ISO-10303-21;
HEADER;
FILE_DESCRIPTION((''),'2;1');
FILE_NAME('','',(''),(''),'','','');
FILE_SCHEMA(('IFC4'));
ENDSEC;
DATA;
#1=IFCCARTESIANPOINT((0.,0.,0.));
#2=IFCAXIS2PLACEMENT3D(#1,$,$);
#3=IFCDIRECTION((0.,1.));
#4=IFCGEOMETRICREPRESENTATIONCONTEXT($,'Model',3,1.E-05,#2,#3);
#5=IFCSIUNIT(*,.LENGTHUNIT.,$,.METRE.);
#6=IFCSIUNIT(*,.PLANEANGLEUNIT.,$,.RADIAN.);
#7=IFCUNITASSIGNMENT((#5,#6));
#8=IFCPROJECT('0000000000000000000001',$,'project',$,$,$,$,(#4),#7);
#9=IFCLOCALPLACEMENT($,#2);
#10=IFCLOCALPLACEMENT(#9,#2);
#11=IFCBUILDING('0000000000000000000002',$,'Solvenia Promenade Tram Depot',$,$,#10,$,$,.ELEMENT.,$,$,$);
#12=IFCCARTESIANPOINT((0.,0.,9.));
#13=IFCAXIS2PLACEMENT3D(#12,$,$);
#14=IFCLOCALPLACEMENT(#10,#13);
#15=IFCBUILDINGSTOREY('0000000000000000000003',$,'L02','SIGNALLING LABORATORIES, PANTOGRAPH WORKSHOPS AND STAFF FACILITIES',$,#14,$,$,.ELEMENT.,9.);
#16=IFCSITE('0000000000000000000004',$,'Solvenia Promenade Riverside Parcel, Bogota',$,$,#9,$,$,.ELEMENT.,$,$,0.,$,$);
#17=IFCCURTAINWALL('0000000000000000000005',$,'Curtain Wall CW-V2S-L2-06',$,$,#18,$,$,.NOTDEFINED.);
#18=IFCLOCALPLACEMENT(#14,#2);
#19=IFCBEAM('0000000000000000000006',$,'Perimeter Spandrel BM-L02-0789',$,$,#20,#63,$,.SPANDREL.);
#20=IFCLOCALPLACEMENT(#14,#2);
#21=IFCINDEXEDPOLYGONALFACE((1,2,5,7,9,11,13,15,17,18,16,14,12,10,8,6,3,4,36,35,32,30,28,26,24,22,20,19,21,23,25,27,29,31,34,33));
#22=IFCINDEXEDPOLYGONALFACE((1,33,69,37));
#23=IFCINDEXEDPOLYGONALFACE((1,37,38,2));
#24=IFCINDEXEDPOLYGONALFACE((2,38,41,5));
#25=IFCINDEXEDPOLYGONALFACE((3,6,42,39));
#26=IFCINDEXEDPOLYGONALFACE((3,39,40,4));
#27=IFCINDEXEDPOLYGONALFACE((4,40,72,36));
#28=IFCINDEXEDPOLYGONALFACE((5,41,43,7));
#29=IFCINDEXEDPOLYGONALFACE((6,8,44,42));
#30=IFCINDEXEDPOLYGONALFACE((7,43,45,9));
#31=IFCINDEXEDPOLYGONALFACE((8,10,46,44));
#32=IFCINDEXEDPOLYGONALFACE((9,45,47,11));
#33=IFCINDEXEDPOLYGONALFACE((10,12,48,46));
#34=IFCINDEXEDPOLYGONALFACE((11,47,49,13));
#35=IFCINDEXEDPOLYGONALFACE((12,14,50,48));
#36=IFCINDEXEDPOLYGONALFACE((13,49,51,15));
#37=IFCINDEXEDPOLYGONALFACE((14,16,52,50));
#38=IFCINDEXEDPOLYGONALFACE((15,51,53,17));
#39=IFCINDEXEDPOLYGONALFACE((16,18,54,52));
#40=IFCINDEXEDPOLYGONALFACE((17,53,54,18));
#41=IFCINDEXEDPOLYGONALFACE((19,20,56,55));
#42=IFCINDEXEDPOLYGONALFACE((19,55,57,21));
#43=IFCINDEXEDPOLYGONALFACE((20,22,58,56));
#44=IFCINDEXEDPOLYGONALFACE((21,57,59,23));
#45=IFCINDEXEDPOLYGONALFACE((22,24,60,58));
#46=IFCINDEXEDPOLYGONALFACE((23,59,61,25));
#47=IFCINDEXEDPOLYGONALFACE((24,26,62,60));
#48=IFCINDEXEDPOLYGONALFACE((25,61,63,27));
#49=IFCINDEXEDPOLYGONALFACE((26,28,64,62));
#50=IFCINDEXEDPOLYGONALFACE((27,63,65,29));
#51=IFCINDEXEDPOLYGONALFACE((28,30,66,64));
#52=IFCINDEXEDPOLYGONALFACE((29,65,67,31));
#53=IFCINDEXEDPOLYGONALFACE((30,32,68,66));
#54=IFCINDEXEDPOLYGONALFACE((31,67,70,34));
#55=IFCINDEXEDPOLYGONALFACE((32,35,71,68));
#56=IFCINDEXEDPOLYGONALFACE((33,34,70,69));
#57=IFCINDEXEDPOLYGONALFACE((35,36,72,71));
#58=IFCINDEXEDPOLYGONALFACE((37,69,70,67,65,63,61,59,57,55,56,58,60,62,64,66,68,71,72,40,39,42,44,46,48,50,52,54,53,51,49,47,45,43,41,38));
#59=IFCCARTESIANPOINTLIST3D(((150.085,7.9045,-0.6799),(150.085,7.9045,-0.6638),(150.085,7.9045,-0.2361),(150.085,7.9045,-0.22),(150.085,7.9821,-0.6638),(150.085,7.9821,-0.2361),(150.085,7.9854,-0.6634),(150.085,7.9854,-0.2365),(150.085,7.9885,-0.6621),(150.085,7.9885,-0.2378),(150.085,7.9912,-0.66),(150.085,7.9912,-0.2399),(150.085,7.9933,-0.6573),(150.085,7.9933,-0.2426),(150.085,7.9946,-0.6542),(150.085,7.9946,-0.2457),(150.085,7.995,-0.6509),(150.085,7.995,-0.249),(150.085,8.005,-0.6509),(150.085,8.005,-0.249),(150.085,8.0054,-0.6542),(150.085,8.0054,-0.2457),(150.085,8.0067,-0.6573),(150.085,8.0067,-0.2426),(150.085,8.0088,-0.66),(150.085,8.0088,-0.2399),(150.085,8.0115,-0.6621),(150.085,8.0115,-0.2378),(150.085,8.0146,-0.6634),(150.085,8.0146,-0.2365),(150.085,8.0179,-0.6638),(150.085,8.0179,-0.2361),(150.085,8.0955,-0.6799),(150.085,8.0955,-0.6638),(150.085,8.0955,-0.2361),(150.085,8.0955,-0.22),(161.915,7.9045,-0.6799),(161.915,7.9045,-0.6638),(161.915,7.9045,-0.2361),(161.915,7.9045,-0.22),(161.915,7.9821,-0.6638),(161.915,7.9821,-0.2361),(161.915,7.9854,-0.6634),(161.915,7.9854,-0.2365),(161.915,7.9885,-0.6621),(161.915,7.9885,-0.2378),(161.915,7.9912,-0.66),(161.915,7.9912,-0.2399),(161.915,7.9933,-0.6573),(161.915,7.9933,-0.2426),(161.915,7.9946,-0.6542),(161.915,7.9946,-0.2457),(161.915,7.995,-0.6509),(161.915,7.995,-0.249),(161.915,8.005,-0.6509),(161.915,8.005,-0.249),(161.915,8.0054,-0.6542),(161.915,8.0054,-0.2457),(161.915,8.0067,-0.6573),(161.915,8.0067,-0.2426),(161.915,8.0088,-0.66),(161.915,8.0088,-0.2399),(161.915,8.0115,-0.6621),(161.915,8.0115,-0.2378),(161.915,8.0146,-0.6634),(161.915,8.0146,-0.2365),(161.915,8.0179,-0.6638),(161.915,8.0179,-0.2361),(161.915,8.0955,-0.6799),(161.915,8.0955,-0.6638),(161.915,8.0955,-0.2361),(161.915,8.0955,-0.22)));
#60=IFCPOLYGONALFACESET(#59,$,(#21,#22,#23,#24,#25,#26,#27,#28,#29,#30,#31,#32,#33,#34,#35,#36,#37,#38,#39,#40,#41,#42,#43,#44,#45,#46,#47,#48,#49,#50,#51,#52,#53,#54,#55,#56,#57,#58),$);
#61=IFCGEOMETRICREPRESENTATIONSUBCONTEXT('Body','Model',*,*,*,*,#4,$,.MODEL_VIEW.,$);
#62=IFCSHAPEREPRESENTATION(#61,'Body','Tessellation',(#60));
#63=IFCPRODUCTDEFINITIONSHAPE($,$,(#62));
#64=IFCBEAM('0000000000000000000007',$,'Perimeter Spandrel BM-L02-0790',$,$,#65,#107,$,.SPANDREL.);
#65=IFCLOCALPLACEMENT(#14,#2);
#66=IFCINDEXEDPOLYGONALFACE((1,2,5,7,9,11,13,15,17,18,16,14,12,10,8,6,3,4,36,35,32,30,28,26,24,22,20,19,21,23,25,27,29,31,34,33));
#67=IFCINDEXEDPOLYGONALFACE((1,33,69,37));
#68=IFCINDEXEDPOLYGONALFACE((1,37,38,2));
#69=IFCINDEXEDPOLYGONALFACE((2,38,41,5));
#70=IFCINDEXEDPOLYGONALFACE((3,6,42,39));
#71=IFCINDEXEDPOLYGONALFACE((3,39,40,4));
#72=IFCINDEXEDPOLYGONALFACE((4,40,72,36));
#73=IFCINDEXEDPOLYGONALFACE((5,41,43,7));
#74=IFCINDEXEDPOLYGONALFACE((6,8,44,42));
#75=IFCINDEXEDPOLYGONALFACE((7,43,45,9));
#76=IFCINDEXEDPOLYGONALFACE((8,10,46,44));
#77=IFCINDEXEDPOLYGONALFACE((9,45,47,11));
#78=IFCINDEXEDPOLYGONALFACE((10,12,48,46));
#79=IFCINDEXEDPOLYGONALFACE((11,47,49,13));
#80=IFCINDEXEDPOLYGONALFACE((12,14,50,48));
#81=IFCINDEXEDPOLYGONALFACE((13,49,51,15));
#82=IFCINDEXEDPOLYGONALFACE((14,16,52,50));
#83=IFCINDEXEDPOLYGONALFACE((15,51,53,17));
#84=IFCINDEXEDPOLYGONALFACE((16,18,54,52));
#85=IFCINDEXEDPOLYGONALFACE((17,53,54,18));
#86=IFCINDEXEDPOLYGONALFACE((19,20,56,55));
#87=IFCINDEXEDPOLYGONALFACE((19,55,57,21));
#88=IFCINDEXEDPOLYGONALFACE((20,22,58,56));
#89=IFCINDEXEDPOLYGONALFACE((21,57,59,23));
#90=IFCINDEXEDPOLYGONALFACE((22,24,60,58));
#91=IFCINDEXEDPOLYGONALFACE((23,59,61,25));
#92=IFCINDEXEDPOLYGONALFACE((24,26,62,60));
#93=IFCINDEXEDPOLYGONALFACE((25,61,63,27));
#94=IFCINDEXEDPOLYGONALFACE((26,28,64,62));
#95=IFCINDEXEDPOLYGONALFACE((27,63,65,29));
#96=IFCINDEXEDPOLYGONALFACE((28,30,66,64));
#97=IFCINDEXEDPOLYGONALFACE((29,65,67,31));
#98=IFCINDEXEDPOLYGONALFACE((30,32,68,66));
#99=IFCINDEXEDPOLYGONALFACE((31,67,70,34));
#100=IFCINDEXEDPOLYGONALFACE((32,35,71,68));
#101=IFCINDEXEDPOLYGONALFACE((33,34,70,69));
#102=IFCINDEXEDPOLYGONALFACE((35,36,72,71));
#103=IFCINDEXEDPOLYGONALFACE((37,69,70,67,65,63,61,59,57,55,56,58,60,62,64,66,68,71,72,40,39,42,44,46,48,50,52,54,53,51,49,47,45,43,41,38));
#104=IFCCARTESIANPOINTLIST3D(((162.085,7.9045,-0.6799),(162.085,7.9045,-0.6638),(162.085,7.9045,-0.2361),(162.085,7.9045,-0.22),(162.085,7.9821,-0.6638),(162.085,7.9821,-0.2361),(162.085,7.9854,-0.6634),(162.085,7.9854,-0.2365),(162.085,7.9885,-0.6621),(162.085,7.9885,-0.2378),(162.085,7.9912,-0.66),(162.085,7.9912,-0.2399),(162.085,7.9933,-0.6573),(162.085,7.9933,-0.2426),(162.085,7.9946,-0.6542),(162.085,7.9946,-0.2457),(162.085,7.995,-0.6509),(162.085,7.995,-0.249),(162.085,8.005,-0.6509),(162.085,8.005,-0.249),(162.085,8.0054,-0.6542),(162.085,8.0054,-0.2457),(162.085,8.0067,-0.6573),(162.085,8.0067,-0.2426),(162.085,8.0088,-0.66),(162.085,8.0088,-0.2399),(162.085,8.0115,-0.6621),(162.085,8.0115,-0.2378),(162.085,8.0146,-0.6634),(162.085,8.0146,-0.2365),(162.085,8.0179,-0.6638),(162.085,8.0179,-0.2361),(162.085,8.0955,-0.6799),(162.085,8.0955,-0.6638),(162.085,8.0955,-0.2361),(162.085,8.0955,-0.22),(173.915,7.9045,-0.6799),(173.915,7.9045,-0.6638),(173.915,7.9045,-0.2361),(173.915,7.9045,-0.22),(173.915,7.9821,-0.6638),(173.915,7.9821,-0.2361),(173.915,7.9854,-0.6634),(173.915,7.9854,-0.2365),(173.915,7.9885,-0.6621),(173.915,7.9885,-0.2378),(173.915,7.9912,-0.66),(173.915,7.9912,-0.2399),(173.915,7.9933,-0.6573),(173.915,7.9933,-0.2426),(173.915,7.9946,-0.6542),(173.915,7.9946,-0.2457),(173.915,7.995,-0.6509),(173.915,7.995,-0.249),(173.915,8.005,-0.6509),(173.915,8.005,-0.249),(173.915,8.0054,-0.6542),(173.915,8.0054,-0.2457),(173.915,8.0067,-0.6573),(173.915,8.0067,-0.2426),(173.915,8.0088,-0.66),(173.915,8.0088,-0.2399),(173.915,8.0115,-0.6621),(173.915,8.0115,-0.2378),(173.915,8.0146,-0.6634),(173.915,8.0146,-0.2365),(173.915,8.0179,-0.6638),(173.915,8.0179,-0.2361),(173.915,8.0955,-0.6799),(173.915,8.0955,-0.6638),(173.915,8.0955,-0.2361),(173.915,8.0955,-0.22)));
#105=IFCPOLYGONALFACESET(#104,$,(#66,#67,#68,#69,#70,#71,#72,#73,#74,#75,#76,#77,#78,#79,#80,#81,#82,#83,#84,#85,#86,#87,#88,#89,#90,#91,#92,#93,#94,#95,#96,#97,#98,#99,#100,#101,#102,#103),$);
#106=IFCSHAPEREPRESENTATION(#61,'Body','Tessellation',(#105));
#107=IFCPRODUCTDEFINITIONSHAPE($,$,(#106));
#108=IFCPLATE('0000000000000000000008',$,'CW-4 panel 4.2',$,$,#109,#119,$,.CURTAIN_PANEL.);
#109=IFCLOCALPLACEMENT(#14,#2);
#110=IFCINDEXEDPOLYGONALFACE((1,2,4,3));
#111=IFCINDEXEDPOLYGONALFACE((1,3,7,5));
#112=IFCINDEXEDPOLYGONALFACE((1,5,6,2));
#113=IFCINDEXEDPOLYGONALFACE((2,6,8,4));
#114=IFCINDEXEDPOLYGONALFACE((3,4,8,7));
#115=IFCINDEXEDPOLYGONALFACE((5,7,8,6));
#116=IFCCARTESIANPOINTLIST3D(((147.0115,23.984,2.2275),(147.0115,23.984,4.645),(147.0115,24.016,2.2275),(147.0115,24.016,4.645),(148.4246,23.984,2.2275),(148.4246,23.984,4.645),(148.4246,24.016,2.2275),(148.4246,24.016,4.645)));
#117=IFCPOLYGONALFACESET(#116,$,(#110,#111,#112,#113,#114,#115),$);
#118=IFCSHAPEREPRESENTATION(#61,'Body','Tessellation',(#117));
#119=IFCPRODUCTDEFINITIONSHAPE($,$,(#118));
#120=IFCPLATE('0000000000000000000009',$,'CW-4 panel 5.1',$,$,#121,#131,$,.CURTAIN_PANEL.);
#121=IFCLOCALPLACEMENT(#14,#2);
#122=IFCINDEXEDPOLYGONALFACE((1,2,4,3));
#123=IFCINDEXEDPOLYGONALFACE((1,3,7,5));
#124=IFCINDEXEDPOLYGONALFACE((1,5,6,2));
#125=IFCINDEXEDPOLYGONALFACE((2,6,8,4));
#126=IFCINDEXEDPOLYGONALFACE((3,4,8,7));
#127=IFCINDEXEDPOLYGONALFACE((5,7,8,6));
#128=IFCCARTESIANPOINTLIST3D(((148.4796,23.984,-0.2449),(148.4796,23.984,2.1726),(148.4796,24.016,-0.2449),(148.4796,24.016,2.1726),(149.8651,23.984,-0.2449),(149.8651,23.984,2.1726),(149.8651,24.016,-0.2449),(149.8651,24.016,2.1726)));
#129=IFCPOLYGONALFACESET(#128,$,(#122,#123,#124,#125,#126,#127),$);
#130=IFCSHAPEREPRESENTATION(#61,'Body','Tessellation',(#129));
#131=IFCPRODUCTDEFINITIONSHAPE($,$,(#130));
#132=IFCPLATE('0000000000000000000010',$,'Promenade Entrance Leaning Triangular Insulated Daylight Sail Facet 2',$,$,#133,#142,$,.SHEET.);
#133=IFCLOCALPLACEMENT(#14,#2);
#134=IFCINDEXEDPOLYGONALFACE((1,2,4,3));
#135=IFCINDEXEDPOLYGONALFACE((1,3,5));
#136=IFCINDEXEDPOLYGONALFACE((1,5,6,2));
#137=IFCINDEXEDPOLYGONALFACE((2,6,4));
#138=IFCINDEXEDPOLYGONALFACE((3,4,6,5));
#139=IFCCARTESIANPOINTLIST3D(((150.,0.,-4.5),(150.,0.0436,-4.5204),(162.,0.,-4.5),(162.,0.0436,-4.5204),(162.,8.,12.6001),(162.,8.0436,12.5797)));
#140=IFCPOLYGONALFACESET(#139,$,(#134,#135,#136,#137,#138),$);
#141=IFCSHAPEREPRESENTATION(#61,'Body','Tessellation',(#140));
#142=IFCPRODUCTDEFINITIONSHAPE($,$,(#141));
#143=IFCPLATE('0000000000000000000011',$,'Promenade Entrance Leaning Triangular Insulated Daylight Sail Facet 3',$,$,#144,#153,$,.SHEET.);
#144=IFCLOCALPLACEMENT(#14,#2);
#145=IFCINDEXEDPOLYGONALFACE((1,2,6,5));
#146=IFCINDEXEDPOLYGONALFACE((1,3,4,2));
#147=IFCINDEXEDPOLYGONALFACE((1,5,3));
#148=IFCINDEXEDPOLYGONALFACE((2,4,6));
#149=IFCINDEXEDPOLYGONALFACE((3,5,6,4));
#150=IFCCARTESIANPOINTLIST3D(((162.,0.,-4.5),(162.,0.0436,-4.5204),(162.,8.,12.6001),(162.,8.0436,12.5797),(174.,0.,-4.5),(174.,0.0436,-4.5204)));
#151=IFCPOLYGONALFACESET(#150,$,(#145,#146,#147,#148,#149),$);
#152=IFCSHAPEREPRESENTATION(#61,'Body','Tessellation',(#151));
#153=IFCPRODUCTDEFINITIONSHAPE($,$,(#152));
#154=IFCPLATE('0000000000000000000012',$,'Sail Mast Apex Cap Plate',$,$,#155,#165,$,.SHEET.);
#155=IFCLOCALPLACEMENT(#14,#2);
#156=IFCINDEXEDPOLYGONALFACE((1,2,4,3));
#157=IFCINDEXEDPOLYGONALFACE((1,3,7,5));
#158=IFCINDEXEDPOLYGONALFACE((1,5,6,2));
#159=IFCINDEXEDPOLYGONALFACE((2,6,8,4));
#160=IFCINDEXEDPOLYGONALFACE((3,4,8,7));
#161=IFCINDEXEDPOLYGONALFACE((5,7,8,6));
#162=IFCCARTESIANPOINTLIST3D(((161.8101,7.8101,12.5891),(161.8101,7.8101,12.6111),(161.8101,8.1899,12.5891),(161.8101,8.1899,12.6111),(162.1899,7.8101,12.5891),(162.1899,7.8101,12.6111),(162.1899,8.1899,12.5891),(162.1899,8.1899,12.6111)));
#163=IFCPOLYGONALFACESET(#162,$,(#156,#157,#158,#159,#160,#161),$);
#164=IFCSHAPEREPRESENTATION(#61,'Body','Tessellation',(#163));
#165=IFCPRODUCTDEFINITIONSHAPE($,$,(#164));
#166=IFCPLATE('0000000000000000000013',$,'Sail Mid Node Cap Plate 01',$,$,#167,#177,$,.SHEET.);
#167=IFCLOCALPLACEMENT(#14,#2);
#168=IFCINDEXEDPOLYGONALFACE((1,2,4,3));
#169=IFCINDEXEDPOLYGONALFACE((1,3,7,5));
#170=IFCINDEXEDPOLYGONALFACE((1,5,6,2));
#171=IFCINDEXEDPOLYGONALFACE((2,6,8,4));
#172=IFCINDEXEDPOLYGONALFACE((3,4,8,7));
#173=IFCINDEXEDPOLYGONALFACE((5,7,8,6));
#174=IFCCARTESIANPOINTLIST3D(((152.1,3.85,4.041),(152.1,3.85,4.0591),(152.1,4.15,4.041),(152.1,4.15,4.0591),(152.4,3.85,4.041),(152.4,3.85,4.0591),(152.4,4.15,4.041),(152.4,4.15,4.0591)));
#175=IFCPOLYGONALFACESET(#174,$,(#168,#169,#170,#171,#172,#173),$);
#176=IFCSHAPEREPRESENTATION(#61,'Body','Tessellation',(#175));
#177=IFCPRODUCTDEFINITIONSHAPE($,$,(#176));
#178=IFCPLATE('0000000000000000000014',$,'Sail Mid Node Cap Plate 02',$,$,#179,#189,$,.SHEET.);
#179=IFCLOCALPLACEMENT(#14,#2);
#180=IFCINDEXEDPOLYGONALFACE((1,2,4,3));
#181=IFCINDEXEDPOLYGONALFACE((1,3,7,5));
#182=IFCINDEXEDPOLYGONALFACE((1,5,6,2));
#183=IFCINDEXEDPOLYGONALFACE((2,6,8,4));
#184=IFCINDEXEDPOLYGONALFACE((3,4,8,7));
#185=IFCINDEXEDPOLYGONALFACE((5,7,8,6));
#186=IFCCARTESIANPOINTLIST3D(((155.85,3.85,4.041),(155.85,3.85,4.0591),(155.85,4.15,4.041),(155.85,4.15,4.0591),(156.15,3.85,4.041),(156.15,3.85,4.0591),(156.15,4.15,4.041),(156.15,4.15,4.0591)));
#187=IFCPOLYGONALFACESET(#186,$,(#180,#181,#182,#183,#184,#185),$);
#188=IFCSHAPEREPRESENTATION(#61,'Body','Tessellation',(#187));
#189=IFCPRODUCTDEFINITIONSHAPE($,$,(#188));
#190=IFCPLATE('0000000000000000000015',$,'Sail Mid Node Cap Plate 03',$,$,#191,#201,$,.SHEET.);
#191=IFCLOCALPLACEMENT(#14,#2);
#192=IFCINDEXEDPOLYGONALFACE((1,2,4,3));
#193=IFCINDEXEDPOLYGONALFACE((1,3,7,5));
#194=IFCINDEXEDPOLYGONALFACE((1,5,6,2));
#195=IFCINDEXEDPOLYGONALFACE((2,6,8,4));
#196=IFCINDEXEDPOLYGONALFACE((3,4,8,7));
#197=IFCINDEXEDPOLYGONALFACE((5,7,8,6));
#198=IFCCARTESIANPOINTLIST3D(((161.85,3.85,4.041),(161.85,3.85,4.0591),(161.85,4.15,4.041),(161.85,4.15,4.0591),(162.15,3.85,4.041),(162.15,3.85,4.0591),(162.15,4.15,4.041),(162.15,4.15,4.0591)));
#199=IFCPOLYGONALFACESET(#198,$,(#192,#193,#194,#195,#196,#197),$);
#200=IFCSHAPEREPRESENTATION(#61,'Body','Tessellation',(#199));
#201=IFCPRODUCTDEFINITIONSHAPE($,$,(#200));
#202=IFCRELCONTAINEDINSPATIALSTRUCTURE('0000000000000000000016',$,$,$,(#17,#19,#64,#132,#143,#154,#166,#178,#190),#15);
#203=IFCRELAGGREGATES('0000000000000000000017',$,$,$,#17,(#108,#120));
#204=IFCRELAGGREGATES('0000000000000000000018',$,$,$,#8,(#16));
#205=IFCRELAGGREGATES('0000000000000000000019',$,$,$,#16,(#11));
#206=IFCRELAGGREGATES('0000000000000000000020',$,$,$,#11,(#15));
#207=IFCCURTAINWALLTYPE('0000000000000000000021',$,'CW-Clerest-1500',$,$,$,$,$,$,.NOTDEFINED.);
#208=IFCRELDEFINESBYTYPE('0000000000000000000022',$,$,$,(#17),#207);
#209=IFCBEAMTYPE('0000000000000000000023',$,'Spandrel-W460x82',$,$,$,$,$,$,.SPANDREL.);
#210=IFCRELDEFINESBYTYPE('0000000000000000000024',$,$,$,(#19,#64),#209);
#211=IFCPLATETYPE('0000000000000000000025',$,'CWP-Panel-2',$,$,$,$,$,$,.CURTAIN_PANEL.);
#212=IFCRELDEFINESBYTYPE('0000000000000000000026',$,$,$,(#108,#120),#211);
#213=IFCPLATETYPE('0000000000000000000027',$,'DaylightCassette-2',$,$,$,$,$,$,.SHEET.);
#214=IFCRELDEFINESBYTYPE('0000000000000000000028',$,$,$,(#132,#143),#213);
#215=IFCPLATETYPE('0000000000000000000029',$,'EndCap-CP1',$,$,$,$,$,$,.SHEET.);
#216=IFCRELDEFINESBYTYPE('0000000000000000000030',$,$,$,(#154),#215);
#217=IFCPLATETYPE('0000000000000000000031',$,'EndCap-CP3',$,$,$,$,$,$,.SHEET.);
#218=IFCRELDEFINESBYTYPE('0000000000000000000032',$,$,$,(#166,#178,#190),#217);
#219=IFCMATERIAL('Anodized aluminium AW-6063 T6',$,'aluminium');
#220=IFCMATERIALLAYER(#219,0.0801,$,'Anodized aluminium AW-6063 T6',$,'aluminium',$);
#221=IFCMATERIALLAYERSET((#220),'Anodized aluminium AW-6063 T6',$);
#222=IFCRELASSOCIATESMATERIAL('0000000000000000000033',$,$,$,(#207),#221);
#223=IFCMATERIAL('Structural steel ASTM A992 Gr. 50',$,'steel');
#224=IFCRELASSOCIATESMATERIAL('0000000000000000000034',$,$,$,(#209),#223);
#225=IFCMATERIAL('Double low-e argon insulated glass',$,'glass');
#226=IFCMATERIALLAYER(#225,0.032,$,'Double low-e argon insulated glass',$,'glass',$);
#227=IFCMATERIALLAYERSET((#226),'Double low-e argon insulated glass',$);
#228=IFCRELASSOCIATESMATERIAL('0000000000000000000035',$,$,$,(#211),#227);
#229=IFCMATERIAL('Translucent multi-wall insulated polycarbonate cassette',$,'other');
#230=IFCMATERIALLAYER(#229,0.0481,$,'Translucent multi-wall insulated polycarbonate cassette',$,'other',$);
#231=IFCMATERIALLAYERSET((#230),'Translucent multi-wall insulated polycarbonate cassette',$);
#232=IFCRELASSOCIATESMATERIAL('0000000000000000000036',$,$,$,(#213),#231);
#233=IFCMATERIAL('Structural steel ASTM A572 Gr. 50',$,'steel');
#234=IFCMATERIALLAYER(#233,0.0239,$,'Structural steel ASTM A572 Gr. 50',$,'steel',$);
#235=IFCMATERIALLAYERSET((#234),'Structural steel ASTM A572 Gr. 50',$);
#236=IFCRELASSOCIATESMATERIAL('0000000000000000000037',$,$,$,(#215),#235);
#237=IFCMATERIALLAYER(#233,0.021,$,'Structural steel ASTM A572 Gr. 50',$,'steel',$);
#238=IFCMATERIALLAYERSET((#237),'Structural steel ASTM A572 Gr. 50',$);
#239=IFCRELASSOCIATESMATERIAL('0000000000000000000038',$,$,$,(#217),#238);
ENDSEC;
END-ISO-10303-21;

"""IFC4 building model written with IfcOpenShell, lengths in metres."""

from ifc_helpers import new_model, si_unit, direction, frame, origin, origin_2d, place, context, subcontext, project, spatial, polyline, rectangle, i_section, outline, extrude, material, layer, layer_set, material_profile, profile_set, type_object, element, aggregate, save


model = new_model("IFC4")

# Units and contexts
model_context = context("Model", 3, precision=1e-05, world=origin(), true_north=direction((0.0, 1.0)))
body_context = subcontext(model_context, "Body", "Model", "MODEL_VIEW")
ifc_project = project(units=[si_unit("LENGTHUNIT", "METRE"), si_unit("PLANEANGLEUNIT", "RADIAN")], contexts=[model_context])

# Site, building, storey
site_placement = place(None, origin())
site = spatial("IfcSite", under=ifc_project, at=site_placement, Name="Solvenia Promenade Riverside Parcel, Bogota", CompositionType="ELEMENT", RefElevation=0.0)
building_placement = place(site_placement, origin())
building = spatial("IfcBuilding", under=site, at=building_placement, Name="Solvenia Promenade Tram Depot", CompositionType="ELEMENT")
storey_placement = place(building_placement, frame((0.0, 0.0, 9.0)))
storey = spatial("IfcBuildingStorey", under=building, at=storey_placement, Name="L02", Description="SIGNALLING LABORATORIES, PANTOGRAPH WORKSHOPS AND STAFF FACILITIES", CompositionType="ELEMENT", Elevation=9.0)

# Curtain wall
ifc_material_1 = material(Name="Anodized aluminium AW-6063 T6", Category="aluminium")
ifc_layer_1 = layer(ifc_material_1, 0.0801, Name="Anodized aluminium AW-6063 T6", Category="aluminium")
ifc_layer_set_1 = layer_set([ifc_layer_1], Name="Anodized aluminium AW-6063 T6")
curtain_wall_type = type_object("IfcCurtainWallType", Name="CW-Clerest-1500", PredefinedType="NOTDEFINED", material=ifc_layer_set_1)
curtain_wall_placement = place(storey_placement, origin())
curtain_wall = element("IfcCurtainWall", 1, at=curtain_wall_placement, inside=storey, type_object=curtain_wall_type, Name="Curtain Wall CW-V2S-L2-06", PredefinedType="NOTDEFINED")

# Shared definitions
ifc_material_2 = material(Name="Structural steel ASTM A992 Gr. 50", Category="steel")

# Beams
ifc_material_profile_1 = material_profile(ifc_material_2, i_section(OverallWidth=0.1909, OverallDepth=0.46, WebThickness=0.01, FlangeThickness=0.0161, FilletRadius=0.0129, at=origin_2d()), Name="W460x82", Category="steel")
ifc_profile_set_1 = profile_set([ifc_material_profile_1], Name="Structural steel ASTM A992 Gr. 50")
beam_type_1 = type_object("IfcBeamType", Name="Spandrel-W460x82", PredefinedType="SPANDREL", material=ifc_profile_set_1)
for number, where, z_axis, x_axis, name in (
    (2, (150.085, 8.0, -0.45), (1.0, 0.0, 0.0), (0.0, 1.0, 0.0), "Perimeter Spandrel BM-L02-0789"),
    (3, (162.085, 8.0, -0.45), (1.0, 0.0, 0.0), (0.0, 1.0, 0.0), "Perimeter Spandrel BM-L02-0790"),
):
    element("IfcBeam", number, at=place(storey_placement, frame(where, z_axis=z_axis, x_axis=x_axis)), inside=storey, type_object=beam_type_1, Name=name, PredefinedType="SPANDREL", context=body_context, shape_type="SweptSolid", body=[
        extrude(i_section(OverallWidth=0.1909, OverallDepth=0.46, WebThickness=0.01, FlangeThickness=0.0161, FilletRadius=0.0129, at=origin_2d()), origin(), (0.0, 0.0, 1.0), 11.8301),
    ])

# Plates
ifc_material_3 = material(Name="Double low-e argon insulated glass", Category="glass")
ifc_layer_2 = layer(ifc_material_3, 0.032, Name="Double low-e argon insulated glass", Category="glass")
ifc_layer_set_2 = layer_set([ifc_layer_2], Name="Double low-e argon insulated glass")
plate_type_1 = type_object("IfcPlateType", Name="CWP-Panel-2", PredefinedType="CURTAIN_PANEL", material=ifc_layer_set_2)
plate_1_placement = place(storey_placement, frame((147.718, 24.0, 2.2275), z_axis=(0.0, 0.0, 1.0), x_axis=(1.0, 0.0, 0.0)))
plate_1 = element("IfcPlate", 4, at=plate_1_placement, type_object=plate_type_1, Name="CW-4 panel 4.2", PredefinedType="CURTAIN_PANEL", context=body_context, shape_type="SweptSolid", body=[
    extrude(rectangle(XDim=1.4131, YDim=0.032, at=origin_2d()), origin(), (0.0, 0.0, 1.0), 2.4175),
])
plate_2_placement = place(storey_placement, frame((149.1724, 24.0, -0.2449), z_axis=(0.0, 0.0, 1.0), x_axis=(1.0, 0.0, 0.0)))
plate_2 = element("IfcPlate", 5, at=plate_2_placement, type_object=plate_type_1, Name="CW-4 panel 5.1", PredefinedType="CURTAIN_PANEL", context=body_context, shape_type="SweptSolid", body=[
    extrude(rectangle(XDim=1.3855, YDim=0.032, at=origin_2d()), origin(), (0.0, 0.0, 1.0), 2.4175),
])
aggregate(curtain_wall, [plate_1, plate_2])

# Plates
ifc_material_4 = material(Name="Translucent multi-wall insulated polycarbonate cassette", Category="other")
ifc_layer_3 = layer(ifc_material_4, 0.0481, Name="Translucent multi-wall insulated polycarbonate cassette", Category="other")
ifc_layer_set_3 = layer_set([ifc_layer_3], Name="Translucent multi-wall insulated polycarbonate cassette")
plate_type_2 = type_object("IfcPlateType", Name="DaylightCassette-2", PredefinedType="SHEET", material=ifc_layer_set_3)
plate_3_placement = place(storey_placement, frame((150.0, 0.0, -4.5), z_axis=(0.0, -0.905778, 0.423753), x_axis=(1.0, 0.0, 0.0)))
element("IfcPlate", 6, at=plate_3_placement, inside=storey, type_object=plate_type_2, Name="Promenade Entrance Leaning Triangular Insulated Daylight Sail Facet 2", PredefinedType="SHEET", context=body_context, shape_type="SweptSolid", body=[
    extrude(outline(polyline([(0.0, 0.0), (12.0, 0.0), (12.0, 18.8789), (0.0, 0.0)])), origin(), (0.0, 0.0, -1.0), 0.0481),
])
plate_4_placement = place(storey_placement, frame((162.0, 0.0, -4.5), z_axis=(0.0, -0.905778, 0.423753), x_axis=(1.0, 0.0, 0.0)))
element("IfcPlate", 7, at=plate_4_placement, inside=storey, type_object=plate_type_2, Name="Promenade Entrance Leaning Triangular Insulated Daylight Sail Facet 3", PredefinedType="SHEET", context=body_context, shape_type="SweptSolid", body=[
    extrude(outline(polyline([(0.0, 0.0), (12.0, 0.0), (0.0, 18.8789), (0.0, 0.0)])), origin(), (0.0, 0.0, -1.0), 0.0481),
])
ifc_material_5 = material(Name="Structural steel ASTM A572 Gr. 50", Category="steel")
ifc_layer_4 = layer(ifc_material_5, 0.0239, Name="Structural steel ASTM A572 Gr. 50", Category="steel")
ifc_layer_set_4 = layer_set([ifc_layer_4], Name="Structural steel ASTM A572 Gr. 50")
plate_type_3 = type_object("IfcPlateType", Name="EndCap-CP1", PredefinedType="SHEET", material=ifc_layer_set_4)
plate_5_placement = place(storey_placement, frame((162.0, 8.0, 12.5891), z_axis=(0.0, 0.0, 1.0), x_axis=(1.0, 0.0, 0.0)))
element("IfcPlate", 8, at=plate_5_placement, inside=storey, type_object=plate_type_3, Name="Sail Mast Apex Cap Plate", PredefinedType="SHEET", context=body_context, shape_type="SweptSolid", body=[
    extrude(rectangle(XDim=0.3799, YDim=0.3799, at=origin_2d()), origin(), (0.0, 0.0, 1.0), 0.022),
])
ifc_layer_5 = layer(ifc_material_5, 0.021, Name="Structural steel ASTM A572 Gr. 50", Category="steel")
ifc_layer_set_5 = layer_set([ifc_layer_5], Name="Structural steel ASTM A572 Gr. 50")
plate_type_4 = type_object("IfcPlateType", Name="EndCap-CP3", PredefinedType="SHEET", material=ifc_layer_set_5)
for number, where, z_axis, x_axis, name in (
    (9, (152.25, 4.0, 4.041), (0.0, 0.0, 1.0), (1.0, 0.0, 0.0), "Sail Mid Node Cap Plate 01"),
    (10, (156.0, 4.0, 4.041), (0.0, 0.0, 1.0), (1.0, 0.0, 0.0), "Sail Mid Node Cap Plate 02"),
    (11, (162.0, 4.0, 4.041), (0.0, 0.0, 1.0), (1.0, 0.0, 0.0), "Sail Mid Node Cap Plate 03"),
):
    element("IfcPlate", number, at=place(storey_placement, frame(where, z_axis=z_axis, x_axis=x_axis)), inside=storey, type_object=plate_type_4, Name=name, PredefinedType="SHEET", context=body_context, shape_type="SweptSolid", body=[
        extrude(rectangle(XDim=0.3, YDim=0.3, at=origin_2d()), origin(), (0.0, 0.0, 1.0), 0.0181),
    ])

save(model, "model.ifc")
